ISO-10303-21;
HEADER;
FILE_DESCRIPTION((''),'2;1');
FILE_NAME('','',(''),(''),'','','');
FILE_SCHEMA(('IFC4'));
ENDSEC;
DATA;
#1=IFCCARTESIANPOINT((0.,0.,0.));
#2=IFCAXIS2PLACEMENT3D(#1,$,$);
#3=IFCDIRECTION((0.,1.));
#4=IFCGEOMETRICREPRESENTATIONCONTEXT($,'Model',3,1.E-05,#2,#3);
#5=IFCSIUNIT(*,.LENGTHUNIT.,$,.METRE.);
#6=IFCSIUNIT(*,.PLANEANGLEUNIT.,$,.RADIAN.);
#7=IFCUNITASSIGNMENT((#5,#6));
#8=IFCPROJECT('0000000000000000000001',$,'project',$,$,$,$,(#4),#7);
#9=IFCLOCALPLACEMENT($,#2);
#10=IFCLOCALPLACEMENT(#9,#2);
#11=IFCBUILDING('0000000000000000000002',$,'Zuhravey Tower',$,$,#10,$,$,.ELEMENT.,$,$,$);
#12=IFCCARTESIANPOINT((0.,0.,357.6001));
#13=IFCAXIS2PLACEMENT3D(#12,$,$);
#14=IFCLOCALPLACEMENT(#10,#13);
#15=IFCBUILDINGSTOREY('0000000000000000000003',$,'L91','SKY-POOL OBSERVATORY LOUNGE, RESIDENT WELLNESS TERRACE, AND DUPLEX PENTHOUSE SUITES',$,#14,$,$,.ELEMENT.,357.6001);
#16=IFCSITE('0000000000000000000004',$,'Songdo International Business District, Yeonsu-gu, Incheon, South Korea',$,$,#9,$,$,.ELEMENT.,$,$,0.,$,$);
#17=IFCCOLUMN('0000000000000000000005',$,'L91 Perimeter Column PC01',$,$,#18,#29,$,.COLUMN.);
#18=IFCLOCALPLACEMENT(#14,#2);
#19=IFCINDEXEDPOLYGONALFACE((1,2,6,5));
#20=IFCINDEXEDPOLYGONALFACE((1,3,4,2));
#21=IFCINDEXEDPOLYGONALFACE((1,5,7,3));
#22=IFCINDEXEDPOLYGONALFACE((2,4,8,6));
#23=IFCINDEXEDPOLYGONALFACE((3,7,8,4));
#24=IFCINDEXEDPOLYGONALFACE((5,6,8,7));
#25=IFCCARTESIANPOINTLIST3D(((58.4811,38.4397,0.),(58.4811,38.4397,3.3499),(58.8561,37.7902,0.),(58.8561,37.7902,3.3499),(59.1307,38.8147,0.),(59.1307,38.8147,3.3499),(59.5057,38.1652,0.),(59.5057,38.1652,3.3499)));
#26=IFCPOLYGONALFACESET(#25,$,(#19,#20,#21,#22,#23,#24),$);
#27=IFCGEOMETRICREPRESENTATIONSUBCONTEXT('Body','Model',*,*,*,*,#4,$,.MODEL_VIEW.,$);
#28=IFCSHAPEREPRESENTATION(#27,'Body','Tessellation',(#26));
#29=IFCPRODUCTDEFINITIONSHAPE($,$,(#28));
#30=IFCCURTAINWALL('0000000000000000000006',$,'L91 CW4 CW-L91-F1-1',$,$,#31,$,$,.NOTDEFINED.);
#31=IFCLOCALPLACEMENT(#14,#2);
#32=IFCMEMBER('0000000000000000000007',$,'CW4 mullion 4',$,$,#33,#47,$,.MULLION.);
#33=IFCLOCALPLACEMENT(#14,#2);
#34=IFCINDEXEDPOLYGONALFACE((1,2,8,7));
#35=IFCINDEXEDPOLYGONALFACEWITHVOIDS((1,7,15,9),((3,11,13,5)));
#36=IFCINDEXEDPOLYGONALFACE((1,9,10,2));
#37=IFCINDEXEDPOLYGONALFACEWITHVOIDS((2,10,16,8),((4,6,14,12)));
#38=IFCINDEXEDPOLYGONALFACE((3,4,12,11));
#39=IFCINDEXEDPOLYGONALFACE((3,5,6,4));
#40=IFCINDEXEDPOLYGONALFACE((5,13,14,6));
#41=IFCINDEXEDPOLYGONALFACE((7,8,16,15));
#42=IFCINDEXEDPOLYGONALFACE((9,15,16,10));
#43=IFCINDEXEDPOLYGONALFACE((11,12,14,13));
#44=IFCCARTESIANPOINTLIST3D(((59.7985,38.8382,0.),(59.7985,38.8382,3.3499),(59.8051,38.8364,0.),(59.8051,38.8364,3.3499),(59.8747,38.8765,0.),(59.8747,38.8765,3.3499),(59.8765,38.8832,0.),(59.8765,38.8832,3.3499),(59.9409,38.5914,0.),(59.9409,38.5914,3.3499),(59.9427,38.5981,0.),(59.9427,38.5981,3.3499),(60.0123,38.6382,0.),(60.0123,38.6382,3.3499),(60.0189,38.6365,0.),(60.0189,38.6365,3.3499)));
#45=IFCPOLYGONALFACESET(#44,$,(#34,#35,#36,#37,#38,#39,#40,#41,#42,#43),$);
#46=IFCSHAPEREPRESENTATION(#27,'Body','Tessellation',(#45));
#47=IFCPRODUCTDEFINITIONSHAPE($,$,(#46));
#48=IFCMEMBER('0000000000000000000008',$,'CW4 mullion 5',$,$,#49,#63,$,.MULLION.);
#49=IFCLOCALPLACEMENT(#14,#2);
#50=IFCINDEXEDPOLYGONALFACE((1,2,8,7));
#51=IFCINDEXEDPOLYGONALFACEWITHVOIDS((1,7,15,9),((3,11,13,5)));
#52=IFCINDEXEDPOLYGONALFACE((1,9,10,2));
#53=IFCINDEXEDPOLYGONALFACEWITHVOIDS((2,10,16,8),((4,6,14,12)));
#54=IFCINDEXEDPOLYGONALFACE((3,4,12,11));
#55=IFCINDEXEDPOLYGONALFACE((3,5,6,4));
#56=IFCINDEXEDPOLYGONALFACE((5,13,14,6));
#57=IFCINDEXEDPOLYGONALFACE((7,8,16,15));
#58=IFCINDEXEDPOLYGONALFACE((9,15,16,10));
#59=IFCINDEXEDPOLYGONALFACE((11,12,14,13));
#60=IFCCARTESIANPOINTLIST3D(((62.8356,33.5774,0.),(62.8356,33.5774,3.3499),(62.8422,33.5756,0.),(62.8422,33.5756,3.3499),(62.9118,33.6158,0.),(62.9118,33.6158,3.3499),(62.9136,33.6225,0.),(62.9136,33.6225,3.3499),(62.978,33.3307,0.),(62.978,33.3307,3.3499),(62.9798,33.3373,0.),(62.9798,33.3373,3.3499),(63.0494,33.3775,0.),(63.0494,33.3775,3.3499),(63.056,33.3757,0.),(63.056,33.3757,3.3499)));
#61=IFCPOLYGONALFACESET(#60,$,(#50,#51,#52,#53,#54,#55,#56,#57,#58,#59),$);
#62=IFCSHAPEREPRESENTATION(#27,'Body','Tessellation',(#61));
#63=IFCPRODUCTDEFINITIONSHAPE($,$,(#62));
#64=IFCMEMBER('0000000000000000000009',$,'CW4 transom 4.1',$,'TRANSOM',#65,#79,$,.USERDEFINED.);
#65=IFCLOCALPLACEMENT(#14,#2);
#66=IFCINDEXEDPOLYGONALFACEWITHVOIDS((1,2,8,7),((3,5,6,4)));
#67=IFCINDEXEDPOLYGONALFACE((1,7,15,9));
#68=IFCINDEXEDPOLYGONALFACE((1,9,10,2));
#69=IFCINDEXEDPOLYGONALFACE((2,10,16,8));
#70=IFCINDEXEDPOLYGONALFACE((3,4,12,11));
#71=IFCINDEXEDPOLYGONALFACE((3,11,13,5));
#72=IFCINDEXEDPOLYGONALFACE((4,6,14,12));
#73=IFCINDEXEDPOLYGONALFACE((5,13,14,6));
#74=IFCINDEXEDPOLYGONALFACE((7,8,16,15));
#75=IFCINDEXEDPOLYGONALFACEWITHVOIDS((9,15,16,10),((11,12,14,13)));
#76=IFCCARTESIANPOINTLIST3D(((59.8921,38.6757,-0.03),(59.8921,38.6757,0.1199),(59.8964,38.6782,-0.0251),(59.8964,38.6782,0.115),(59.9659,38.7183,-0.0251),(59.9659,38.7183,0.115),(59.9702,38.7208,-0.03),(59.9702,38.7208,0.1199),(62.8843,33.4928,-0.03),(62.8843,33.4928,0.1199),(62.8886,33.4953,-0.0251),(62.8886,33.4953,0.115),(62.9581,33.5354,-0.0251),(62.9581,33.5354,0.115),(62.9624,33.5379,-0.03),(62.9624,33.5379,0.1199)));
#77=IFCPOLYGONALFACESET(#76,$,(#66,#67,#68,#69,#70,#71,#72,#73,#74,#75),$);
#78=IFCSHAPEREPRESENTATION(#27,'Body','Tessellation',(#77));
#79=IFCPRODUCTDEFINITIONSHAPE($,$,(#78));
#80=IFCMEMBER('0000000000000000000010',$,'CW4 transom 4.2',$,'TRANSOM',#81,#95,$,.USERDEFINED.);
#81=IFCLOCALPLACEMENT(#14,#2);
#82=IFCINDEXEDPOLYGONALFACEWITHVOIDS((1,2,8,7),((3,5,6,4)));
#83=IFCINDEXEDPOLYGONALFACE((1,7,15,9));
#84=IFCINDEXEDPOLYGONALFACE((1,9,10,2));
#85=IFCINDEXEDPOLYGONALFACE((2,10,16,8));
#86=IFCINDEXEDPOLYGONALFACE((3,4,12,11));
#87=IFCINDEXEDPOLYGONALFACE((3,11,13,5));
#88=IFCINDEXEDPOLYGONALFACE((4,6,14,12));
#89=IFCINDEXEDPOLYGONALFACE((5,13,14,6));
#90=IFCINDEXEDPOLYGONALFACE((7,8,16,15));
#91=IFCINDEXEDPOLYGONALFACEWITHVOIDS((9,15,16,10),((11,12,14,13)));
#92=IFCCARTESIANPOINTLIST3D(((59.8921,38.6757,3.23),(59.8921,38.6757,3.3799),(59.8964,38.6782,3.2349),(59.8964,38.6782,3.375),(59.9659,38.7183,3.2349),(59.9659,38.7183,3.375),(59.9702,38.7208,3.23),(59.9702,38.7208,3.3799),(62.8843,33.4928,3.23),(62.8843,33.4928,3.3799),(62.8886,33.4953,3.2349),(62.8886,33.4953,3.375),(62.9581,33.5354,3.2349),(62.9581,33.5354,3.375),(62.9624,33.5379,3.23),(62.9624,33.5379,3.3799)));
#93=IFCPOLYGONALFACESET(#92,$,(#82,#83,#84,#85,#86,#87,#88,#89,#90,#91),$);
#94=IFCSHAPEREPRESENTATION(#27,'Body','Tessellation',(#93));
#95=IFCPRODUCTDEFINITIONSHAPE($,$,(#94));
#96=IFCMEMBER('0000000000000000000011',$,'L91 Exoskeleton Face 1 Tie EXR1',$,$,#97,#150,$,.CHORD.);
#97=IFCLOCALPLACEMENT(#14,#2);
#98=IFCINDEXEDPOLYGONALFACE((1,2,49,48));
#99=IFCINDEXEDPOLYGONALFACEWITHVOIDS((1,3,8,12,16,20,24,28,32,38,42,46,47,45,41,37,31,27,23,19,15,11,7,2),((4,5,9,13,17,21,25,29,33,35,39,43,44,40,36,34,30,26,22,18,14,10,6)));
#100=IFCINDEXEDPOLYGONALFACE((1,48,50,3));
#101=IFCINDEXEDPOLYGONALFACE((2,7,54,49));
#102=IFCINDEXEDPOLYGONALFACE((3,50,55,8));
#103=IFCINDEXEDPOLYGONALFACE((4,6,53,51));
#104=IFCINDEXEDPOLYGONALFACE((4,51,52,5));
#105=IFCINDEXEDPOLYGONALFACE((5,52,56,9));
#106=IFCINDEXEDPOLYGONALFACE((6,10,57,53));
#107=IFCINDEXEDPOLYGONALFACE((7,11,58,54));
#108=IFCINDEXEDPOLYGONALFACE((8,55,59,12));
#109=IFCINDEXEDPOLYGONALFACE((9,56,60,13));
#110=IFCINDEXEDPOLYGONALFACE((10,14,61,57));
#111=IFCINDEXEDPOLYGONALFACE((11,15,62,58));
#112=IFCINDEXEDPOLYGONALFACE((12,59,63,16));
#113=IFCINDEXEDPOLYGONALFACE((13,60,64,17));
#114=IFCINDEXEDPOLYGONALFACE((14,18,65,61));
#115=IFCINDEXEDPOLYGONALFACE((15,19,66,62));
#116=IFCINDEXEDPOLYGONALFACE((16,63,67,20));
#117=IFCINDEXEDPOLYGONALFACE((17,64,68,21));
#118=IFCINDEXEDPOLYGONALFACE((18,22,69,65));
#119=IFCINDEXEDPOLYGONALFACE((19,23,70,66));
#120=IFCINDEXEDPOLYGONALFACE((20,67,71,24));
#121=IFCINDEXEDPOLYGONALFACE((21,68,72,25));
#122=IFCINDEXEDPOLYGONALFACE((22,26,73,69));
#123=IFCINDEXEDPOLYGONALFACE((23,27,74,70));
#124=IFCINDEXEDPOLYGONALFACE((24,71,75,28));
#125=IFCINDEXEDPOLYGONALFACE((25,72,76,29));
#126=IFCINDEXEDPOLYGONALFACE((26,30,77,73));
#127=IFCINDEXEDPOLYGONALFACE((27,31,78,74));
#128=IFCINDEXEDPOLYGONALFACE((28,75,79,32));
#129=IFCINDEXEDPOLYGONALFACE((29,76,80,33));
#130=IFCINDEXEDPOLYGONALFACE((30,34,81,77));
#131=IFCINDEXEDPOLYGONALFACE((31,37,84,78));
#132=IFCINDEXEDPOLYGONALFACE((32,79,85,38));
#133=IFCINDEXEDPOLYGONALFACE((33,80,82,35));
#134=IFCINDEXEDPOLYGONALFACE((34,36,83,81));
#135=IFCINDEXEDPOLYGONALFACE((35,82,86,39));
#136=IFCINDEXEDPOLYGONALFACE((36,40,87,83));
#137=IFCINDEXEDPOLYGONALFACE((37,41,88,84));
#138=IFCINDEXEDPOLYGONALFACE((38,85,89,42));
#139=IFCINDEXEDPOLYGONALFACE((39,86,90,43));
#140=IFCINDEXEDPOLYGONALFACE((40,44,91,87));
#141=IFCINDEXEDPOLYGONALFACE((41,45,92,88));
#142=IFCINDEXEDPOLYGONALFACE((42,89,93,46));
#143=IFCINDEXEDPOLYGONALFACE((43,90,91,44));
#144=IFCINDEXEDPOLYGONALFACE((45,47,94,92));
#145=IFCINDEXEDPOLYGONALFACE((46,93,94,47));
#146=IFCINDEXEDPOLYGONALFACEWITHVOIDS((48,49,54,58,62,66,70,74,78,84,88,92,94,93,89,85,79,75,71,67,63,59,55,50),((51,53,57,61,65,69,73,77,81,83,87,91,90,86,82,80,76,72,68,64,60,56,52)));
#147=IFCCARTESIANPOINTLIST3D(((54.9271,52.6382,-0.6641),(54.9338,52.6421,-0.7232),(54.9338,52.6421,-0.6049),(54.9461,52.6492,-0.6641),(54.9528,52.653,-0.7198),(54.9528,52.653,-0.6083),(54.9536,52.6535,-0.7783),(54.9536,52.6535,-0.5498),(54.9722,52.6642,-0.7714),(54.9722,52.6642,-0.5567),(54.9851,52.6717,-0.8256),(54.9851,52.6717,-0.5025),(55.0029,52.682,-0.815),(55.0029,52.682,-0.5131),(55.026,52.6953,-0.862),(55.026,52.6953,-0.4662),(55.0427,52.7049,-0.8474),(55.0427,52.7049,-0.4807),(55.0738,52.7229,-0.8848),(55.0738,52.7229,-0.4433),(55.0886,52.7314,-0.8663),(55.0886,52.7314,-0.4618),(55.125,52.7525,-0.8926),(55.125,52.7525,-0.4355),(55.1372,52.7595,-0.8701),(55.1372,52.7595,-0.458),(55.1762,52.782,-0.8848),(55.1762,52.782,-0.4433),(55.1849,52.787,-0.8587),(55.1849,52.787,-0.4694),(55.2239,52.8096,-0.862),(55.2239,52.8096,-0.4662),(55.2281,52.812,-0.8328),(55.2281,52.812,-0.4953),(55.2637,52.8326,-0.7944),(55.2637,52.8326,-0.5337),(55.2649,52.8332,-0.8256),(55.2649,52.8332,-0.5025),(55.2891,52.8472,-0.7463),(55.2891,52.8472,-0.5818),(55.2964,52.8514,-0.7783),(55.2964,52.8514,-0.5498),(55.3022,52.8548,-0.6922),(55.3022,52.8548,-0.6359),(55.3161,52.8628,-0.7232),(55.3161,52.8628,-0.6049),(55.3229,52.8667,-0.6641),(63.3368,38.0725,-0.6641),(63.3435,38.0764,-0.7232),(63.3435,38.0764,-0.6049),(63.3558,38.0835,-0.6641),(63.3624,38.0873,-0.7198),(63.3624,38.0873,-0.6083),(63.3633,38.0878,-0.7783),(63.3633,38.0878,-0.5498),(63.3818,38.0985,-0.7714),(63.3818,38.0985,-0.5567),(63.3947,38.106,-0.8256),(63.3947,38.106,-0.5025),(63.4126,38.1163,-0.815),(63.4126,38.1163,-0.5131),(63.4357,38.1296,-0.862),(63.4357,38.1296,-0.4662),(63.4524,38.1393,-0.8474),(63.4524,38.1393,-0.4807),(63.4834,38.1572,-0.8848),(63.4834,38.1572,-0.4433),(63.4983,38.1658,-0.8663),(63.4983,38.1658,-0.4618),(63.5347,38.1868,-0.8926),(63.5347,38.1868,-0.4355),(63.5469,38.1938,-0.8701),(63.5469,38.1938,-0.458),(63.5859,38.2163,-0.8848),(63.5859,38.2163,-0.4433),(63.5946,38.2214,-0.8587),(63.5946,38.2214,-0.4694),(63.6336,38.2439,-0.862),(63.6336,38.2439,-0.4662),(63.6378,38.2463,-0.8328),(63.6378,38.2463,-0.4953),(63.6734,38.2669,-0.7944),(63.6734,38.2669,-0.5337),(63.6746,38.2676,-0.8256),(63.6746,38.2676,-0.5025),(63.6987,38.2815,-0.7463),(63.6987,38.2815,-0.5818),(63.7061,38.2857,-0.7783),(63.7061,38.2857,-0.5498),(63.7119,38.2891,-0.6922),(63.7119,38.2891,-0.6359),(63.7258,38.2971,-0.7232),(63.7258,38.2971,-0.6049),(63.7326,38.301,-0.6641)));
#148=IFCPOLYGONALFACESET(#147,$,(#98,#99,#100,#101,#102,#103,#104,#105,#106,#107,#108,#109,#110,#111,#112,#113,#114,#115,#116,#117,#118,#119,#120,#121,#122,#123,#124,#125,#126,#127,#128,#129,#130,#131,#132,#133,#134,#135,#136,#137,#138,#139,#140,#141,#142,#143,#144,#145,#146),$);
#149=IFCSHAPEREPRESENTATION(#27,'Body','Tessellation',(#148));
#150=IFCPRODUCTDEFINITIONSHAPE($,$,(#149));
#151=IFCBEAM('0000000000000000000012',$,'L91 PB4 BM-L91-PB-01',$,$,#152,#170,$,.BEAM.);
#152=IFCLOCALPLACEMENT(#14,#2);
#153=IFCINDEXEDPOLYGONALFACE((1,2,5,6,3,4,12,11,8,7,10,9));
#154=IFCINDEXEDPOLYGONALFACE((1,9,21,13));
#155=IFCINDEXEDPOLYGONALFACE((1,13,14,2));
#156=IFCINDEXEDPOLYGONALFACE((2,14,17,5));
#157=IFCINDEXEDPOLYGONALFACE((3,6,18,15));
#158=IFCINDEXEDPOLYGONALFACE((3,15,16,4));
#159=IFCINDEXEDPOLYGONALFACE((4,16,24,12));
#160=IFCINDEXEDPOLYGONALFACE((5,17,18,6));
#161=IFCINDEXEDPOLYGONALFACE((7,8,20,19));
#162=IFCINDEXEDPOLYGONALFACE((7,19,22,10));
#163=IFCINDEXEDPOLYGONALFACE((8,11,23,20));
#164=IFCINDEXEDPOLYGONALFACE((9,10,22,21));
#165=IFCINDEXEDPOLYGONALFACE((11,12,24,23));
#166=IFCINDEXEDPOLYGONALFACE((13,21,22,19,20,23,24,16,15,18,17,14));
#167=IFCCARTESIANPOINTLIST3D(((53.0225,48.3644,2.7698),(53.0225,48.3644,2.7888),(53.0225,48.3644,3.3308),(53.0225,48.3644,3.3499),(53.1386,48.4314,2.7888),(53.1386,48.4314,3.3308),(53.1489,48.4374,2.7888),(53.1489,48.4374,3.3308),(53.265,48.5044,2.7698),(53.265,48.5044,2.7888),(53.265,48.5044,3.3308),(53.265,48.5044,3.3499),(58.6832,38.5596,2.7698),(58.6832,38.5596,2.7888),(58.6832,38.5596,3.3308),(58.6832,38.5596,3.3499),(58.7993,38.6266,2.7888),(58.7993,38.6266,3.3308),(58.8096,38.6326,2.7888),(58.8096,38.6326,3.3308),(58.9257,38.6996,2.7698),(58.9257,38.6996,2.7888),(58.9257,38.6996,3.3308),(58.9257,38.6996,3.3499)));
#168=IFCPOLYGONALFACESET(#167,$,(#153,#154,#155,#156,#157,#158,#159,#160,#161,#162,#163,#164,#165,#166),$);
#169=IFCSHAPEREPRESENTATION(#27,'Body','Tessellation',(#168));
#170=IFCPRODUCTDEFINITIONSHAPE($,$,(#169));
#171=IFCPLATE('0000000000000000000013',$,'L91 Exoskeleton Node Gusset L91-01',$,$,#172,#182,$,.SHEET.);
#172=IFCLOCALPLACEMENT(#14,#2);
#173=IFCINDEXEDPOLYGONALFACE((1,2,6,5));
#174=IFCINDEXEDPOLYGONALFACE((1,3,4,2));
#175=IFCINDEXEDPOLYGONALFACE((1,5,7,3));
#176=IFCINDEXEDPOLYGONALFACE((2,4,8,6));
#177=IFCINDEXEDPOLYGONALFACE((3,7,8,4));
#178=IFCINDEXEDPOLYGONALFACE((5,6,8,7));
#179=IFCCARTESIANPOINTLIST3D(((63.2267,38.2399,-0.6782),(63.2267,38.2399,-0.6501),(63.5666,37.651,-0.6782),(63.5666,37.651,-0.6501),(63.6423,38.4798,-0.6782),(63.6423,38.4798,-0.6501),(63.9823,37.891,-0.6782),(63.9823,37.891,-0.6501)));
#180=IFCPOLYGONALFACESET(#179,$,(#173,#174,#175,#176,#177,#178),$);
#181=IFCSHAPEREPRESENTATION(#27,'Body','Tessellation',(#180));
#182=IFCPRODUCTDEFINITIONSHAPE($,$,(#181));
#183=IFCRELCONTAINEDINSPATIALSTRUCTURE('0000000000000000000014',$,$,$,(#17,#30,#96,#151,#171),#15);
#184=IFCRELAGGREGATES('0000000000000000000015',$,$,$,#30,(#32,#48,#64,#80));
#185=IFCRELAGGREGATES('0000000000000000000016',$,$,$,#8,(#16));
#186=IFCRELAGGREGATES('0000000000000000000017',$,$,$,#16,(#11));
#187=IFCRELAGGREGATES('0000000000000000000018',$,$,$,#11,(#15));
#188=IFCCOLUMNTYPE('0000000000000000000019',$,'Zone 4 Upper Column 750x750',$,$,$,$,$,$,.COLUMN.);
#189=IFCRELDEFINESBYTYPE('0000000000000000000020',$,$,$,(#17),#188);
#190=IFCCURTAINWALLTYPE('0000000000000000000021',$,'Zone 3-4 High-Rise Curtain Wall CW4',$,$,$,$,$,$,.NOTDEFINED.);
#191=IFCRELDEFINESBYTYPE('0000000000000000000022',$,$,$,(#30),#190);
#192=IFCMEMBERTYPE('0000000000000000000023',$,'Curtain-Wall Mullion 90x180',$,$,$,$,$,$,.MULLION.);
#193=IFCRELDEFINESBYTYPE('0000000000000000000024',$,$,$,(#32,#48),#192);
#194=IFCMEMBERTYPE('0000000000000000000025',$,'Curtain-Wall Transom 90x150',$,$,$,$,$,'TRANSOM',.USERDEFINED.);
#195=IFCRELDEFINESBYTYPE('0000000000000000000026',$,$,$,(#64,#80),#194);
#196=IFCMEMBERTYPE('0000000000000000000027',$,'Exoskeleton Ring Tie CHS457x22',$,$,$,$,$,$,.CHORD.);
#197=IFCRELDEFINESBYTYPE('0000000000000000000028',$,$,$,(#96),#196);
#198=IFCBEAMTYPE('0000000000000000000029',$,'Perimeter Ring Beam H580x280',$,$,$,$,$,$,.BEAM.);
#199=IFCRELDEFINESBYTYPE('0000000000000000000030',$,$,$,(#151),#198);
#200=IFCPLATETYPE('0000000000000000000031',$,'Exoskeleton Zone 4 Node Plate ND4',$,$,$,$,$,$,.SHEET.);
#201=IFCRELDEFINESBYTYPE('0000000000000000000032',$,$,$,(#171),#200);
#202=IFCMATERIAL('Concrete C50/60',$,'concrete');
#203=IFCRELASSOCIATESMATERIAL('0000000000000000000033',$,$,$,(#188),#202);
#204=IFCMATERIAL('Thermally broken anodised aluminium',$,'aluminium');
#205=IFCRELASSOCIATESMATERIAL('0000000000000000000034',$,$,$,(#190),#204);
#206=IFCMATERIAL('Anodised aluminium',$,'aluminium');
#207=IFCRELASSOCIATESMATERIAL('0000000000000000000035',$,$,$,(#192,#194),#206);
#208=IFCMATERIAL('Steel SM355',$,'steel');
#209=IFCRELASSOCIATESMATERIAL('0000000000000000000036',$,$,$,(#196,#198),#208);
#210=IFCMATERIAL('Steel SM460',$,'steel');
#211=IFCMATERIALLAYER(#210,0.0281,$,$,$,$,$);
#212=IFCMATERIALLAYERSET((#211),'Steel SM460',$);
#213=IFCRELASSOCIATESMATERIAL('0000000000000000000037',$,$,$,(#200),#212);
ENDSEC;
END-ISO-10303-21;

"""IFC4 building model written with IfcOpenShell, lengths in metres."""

from ifc_helpers import new_model, si_unit, direction, frame, origin, origin_2d, place, context, subcontext, project, spatial, rectangle, hollow_rectangle, hollow_circle, i_section, extrude, material, layer, layer_set, material_profile, profile_set, type_object, element, aggregate, save


model = new_model("IFC4")

# Units and contexts
model_context = context("Model", 3, precision=1e-05, world=origin(), true_north=direction((0.0, 1.0)))
body_context = subcontext(model_context, "Body", "Model", "MODEL_VIEW")
ifc_project = project(units=[si_unit("LENGTHUNIT", "METRE"), si_unit("PLANEANGLEUNIT", "RADIAN")], contexts=[model_context])

# Site, building, storey
site_placement = place(None, origin())
site = spatial("IfcSite", under=ifc_project, at=site_placement, Name="Songdo International Business District, Yeonsu-gu, Incheon, South Korea", CompositionType="ELEMENT", RefElevation=0.0)
building_placement = place(site_placement, origin())
building = spatial("IfcBuilding", under=site, at=building_placement, Name="Zuhravey Tower", CompositionType="ELEMENT")
storey_placement = place(building_placement, frame((0.0, 0.0, 357.6001)))
storey = spatial("IfcBuildingStorey", under=building, at=storey_placement, Name="L91", Description="SKY-POOL OBSERVATORY LOUNGE, RESIDENT WELLNESS TERRACE, AND DUPLEX PENTHOUSE SUITES", CompositionType="ELEMENT", Elevation=357.6001)

# Column
ifc_material_1 = material(Name="Concrete C50/60", Category="concrete")
ifc_material_profile_1 = material_profile(ifc_material_1, rectangle(XDim=0.75, YDim=0.75, at=origin_2d()), Name="RC-750x750")
ifc_profile_set_1 = profile_set([ifc_material_profile_1], Name="Concrete C50/60")
column_type = type_object("IfcColumnType", Name="Zone 4 Upper Column 750x750", PredefinedType="COLUMN", material=ifc_profile_set_1)
column_placement = place(storey_placement, frame((58.9934, 38.3025, 0.0), z_axis=(0.0, 0.0, 1.0), x_axis=(-0.5, 0.866025, 0.0)))
element("IfcColumn", 1, at=column_placement, inside=storey, type_object=column_type, Name="L91 Perimeter Column PC01", PredefinedType="COLUMN", context=body_context, shape_type="SweptSolid", body=[
    extrude(rectangle(XDim=0.75, YDim=0.75, at=origin_2d()), origin(), (0.0, 0.0, 1.0), 3.3499),
])

# Curtain wall, members
ifc_material_2 = material(Name="Thermally broken anodised aluminium", Category="aluminium")
curtain_wall_type = type_object("IfcCurtainWallType", Name="Zone 3-4 High-Rise Curtain Wall CW4", PredefinedType="NOTDEFINED", material=ifc_material_2)
curtain_wall_placement = place(storey_placement, origin())
curtain_wall = element("IfcCurtainWall", 2, at=curtain_wall_placement, inside=storey, type_object=curtain_wall_type, Name="L91 CW4 CW-L91-F1-1", PredefinedType="NOTDEFINED")
ifc_material_3 = material(Name="Anodised aluminium", Category="aluminium")
ifc_material_profile_2 = material_profile(ifc_material_3, hollow_rectangle(XDim=0.0901, YDim=0.2849, WallThickness=0.0049, at=origin_2d()), Name="ALU-RHS-90x285x5")
ifc_profile_set_2 = profile_set([ifc_material_profile_2], Name="Anodised aluminium")
member_type_1 = type_object("IfcMemberType", Name="Curtain-Wall Mullion 90x180", PredefinedType="MULLION", material=ifc_profile_set_2)
member_1_placement = place(storey_placement, frame((59.9087, 38.7373, 0.0), z_axis=(0.0, 0.0, 1.0), x_axis=(0.866026, 0.5, 0.0)))
member_1 = element("IfcMember", 3, at=member_1_placement, type_object=member_type_1, Name="CW4 mullion 4", PredefinedType="MULLION", context=body_context, shape_type="SweptSolid", body=[
    extrude(hollow_rectangle(XDim=0.0901, YDim=0.2849, WallThickness=0.0049, at=origin_2d()), origin(), (0.0, 0.0, 1.0), 3.3499),
])
member_2_placement = place(storey_placement, frame((62.9458, 33.4766, 0.0), z_axis=(0.0, 0.0, 1.0), x_axis=(0.866026, 0.5, 0.0)))
member_2 = element("IfcMember", 4, at=member_2_placement, type_object=member_type_1, Name="CW4 mullion 5", PredefinedType="MULLION", context=body_context, shape_type="SweptSolid", body=[
    extrude(hollow_rectangle(XDim=0.0901, YDim=0.2849, WallThickness=0.0049, at=origin_2d()), origin(), (0.0, 0.0, 1.0), 3.3499),
])
ifc_material_profile_3 = material_profile(ifc_material_3, hollow_rectangle(XDim=0.0901, YDim=0.1499, WallThickness=0.0049, at=origin_2d()), Name="ALU-RHS-90x150x5")
ifc_profile_set_3 = profile_set([ifc_material_profile_3], Name="Anodised aluminium")
member_type_2 = type_object("IfcMemberType", Name="Curtain-Wall Transom 90x150", ElementType="TRANSOM", PredefinedType="USERDEFINED", material=ifc_profile_set_3)
member_3_placement = place(storey_placement, frame((59.9312, 38.6982, 0.0449), z_axis=(0.499983, -0.866035, 0.0), x_axis=(0.866035, 0.499983, 0.0)))
member_3 = element("IfcMember", 5, at=member_3_placement, type_object=member_type_2, Name="CW4 transom 4.1", ObjectType="TRANSOM", PredefinedType="USERDEFINED", context=body_context, shape_type="SweptSolid", body=[
    extrude(hollow_rectangle(XDim=0.0901, YDim=0.1499, WallThickness=0.0049, at=origin_2d()), origin(), (0.0, 0.0, 1.0), 5.9846),
])
member_4_placement = place(storey_placement, frame((59.9312, 38.6982, 3.3049), z_axis=(0.499983, -0.866035, 0.0), x_axis=(0.866035, 0.499983, 0.0)))
member_4 = element("IfcMember", 6, at=member_4_placement, type_object=member_type_2, Name="CW4 transom 4.2", ObjectType="TRANSOM", PredefinedType="USERDEFINED", context=body_context, shape_type="SweptSolid", body=[
    extrude(hollow_rectangle(XDim=0.0901, YDim=0.1499, WallThickness=0.0049, at=origin_2d()), origin(), (0.0, 0.0, 1.0), 5.9846),
])

# Member
ifc_material_4 = material(Name="Steel SM355", Category="steel")
ifc_material_profile_4 = material_profile(ifc_material_4, hollow_circle(Radius=0.2285, WallThickness=0.022, at=origin_2d()), Name="CHS-457.2x22")
ifc_profile_set_4 = profile_set([ifc_material_profile_4], Name="Steel SM355")
member_type_3 = type_object("IfcMemberType", Name="Exoskeleton Ring Tie CHS457x22", PredefinedType="CHORD", material=ifc_profile_set_4)
member_5_placement = place(storey_placement, frame((63.5347, 38.1868, -0.6641), z_axis=(-0.500008, 0.866021, 0.0), x_axis=(-0.866021, -0.500008, 0.0)))
element("IfcMember", 7, at=member_5_placement, inside=storey, type_object=member_type_3, Name="L91 Exoskeleton Face 1 Tie EXR1", PredefinedType="CHORD", context=body_context, shape_type="SweptSolid", body=[
    extrude(hollow_circle(Radius=0.2285, WallThickness=0.022, at=origin_2d()), origin(), (0.0, 0.0, 1.0), 16.8191),
])

# Beam
ifc_material_profile_5 = material_profile(ifc_material_4, i_section(OverallWidth=0.28, OverallDepth=0.5801, WebThickness=0.012, FlangeThickness=0.019, at=origin_2d()), Name="H-580x280x12x19")
ifc_profile_set_5 = profile_set([ifc_material_profile_5], Name="Steel SM355")
beam_type = type_object("IfcBeamType", Name="Perimeter Ring Beam H580x280", PredefinedType="BEAM", material=ifc_profile_set_5)
beam_placement = place(storey_placement, frame((58.8044, 38.6296, 3.0598), z_axis=(-0.499994, 0.866029, 0.0), x_axis=(-0.866029, -0.499994, 0.0)))
element("IfcBeam", 8, at=beam_placement, inside=storey, type_object=beam_type, Name="L91 PB4 BM-L91-PB-01", PredefinedType="BEAM", context=body_context, shape_type="SweptSolid", body=[
    extrude(i_section(OverallWidth=0.28, OverallDepth=0.5801, WebThickness=0.012, FlangeThickness=0.019, at=origin_2d()), origin(), (0.0, 0.0, 1.0), 11.3215),
])

# Plate
ifc_material_5 = material(Name="Steel SM460", Category="steel")
ifc_layer_1 = layer(ifc_material_5, 0.0281)
ifc_layer_set_1 = layer_set([ifc_layer_1], Name="Steel SM460")
plate_type_1 = type_object("IfcPlateType", Name="Exoskeleton Zone 4 Node Plate ND4", PredefinedType="SHEET", material=ifc_layer_set_1)
plate_1_placement = place(storey_placement, frame((63.6045, 38.0654, -0.6782), z_axis=(0.0, 0.0, 1.0), x_axis=(-0.5, 0.866025, 0.0)))
element("IfcPlate", 9, at=plate_1_placement, inside=storey, type_object=plate_type_1, Name="L91 Exoskeleton Node Gusset L91-01", PredefinedType="SHEET", context=body_context, shape_type="SweptSolid", body=[
    extrude(rectangle(XDim=0.6799, YDim=0.48, at=origin_2d()), origin(), (0.0, 0.0, 1.0), 0.0281),
])
aggregate(curtain_wall, [member_1, member_2, member_3, member_4])

save(model, "model.ifc")
